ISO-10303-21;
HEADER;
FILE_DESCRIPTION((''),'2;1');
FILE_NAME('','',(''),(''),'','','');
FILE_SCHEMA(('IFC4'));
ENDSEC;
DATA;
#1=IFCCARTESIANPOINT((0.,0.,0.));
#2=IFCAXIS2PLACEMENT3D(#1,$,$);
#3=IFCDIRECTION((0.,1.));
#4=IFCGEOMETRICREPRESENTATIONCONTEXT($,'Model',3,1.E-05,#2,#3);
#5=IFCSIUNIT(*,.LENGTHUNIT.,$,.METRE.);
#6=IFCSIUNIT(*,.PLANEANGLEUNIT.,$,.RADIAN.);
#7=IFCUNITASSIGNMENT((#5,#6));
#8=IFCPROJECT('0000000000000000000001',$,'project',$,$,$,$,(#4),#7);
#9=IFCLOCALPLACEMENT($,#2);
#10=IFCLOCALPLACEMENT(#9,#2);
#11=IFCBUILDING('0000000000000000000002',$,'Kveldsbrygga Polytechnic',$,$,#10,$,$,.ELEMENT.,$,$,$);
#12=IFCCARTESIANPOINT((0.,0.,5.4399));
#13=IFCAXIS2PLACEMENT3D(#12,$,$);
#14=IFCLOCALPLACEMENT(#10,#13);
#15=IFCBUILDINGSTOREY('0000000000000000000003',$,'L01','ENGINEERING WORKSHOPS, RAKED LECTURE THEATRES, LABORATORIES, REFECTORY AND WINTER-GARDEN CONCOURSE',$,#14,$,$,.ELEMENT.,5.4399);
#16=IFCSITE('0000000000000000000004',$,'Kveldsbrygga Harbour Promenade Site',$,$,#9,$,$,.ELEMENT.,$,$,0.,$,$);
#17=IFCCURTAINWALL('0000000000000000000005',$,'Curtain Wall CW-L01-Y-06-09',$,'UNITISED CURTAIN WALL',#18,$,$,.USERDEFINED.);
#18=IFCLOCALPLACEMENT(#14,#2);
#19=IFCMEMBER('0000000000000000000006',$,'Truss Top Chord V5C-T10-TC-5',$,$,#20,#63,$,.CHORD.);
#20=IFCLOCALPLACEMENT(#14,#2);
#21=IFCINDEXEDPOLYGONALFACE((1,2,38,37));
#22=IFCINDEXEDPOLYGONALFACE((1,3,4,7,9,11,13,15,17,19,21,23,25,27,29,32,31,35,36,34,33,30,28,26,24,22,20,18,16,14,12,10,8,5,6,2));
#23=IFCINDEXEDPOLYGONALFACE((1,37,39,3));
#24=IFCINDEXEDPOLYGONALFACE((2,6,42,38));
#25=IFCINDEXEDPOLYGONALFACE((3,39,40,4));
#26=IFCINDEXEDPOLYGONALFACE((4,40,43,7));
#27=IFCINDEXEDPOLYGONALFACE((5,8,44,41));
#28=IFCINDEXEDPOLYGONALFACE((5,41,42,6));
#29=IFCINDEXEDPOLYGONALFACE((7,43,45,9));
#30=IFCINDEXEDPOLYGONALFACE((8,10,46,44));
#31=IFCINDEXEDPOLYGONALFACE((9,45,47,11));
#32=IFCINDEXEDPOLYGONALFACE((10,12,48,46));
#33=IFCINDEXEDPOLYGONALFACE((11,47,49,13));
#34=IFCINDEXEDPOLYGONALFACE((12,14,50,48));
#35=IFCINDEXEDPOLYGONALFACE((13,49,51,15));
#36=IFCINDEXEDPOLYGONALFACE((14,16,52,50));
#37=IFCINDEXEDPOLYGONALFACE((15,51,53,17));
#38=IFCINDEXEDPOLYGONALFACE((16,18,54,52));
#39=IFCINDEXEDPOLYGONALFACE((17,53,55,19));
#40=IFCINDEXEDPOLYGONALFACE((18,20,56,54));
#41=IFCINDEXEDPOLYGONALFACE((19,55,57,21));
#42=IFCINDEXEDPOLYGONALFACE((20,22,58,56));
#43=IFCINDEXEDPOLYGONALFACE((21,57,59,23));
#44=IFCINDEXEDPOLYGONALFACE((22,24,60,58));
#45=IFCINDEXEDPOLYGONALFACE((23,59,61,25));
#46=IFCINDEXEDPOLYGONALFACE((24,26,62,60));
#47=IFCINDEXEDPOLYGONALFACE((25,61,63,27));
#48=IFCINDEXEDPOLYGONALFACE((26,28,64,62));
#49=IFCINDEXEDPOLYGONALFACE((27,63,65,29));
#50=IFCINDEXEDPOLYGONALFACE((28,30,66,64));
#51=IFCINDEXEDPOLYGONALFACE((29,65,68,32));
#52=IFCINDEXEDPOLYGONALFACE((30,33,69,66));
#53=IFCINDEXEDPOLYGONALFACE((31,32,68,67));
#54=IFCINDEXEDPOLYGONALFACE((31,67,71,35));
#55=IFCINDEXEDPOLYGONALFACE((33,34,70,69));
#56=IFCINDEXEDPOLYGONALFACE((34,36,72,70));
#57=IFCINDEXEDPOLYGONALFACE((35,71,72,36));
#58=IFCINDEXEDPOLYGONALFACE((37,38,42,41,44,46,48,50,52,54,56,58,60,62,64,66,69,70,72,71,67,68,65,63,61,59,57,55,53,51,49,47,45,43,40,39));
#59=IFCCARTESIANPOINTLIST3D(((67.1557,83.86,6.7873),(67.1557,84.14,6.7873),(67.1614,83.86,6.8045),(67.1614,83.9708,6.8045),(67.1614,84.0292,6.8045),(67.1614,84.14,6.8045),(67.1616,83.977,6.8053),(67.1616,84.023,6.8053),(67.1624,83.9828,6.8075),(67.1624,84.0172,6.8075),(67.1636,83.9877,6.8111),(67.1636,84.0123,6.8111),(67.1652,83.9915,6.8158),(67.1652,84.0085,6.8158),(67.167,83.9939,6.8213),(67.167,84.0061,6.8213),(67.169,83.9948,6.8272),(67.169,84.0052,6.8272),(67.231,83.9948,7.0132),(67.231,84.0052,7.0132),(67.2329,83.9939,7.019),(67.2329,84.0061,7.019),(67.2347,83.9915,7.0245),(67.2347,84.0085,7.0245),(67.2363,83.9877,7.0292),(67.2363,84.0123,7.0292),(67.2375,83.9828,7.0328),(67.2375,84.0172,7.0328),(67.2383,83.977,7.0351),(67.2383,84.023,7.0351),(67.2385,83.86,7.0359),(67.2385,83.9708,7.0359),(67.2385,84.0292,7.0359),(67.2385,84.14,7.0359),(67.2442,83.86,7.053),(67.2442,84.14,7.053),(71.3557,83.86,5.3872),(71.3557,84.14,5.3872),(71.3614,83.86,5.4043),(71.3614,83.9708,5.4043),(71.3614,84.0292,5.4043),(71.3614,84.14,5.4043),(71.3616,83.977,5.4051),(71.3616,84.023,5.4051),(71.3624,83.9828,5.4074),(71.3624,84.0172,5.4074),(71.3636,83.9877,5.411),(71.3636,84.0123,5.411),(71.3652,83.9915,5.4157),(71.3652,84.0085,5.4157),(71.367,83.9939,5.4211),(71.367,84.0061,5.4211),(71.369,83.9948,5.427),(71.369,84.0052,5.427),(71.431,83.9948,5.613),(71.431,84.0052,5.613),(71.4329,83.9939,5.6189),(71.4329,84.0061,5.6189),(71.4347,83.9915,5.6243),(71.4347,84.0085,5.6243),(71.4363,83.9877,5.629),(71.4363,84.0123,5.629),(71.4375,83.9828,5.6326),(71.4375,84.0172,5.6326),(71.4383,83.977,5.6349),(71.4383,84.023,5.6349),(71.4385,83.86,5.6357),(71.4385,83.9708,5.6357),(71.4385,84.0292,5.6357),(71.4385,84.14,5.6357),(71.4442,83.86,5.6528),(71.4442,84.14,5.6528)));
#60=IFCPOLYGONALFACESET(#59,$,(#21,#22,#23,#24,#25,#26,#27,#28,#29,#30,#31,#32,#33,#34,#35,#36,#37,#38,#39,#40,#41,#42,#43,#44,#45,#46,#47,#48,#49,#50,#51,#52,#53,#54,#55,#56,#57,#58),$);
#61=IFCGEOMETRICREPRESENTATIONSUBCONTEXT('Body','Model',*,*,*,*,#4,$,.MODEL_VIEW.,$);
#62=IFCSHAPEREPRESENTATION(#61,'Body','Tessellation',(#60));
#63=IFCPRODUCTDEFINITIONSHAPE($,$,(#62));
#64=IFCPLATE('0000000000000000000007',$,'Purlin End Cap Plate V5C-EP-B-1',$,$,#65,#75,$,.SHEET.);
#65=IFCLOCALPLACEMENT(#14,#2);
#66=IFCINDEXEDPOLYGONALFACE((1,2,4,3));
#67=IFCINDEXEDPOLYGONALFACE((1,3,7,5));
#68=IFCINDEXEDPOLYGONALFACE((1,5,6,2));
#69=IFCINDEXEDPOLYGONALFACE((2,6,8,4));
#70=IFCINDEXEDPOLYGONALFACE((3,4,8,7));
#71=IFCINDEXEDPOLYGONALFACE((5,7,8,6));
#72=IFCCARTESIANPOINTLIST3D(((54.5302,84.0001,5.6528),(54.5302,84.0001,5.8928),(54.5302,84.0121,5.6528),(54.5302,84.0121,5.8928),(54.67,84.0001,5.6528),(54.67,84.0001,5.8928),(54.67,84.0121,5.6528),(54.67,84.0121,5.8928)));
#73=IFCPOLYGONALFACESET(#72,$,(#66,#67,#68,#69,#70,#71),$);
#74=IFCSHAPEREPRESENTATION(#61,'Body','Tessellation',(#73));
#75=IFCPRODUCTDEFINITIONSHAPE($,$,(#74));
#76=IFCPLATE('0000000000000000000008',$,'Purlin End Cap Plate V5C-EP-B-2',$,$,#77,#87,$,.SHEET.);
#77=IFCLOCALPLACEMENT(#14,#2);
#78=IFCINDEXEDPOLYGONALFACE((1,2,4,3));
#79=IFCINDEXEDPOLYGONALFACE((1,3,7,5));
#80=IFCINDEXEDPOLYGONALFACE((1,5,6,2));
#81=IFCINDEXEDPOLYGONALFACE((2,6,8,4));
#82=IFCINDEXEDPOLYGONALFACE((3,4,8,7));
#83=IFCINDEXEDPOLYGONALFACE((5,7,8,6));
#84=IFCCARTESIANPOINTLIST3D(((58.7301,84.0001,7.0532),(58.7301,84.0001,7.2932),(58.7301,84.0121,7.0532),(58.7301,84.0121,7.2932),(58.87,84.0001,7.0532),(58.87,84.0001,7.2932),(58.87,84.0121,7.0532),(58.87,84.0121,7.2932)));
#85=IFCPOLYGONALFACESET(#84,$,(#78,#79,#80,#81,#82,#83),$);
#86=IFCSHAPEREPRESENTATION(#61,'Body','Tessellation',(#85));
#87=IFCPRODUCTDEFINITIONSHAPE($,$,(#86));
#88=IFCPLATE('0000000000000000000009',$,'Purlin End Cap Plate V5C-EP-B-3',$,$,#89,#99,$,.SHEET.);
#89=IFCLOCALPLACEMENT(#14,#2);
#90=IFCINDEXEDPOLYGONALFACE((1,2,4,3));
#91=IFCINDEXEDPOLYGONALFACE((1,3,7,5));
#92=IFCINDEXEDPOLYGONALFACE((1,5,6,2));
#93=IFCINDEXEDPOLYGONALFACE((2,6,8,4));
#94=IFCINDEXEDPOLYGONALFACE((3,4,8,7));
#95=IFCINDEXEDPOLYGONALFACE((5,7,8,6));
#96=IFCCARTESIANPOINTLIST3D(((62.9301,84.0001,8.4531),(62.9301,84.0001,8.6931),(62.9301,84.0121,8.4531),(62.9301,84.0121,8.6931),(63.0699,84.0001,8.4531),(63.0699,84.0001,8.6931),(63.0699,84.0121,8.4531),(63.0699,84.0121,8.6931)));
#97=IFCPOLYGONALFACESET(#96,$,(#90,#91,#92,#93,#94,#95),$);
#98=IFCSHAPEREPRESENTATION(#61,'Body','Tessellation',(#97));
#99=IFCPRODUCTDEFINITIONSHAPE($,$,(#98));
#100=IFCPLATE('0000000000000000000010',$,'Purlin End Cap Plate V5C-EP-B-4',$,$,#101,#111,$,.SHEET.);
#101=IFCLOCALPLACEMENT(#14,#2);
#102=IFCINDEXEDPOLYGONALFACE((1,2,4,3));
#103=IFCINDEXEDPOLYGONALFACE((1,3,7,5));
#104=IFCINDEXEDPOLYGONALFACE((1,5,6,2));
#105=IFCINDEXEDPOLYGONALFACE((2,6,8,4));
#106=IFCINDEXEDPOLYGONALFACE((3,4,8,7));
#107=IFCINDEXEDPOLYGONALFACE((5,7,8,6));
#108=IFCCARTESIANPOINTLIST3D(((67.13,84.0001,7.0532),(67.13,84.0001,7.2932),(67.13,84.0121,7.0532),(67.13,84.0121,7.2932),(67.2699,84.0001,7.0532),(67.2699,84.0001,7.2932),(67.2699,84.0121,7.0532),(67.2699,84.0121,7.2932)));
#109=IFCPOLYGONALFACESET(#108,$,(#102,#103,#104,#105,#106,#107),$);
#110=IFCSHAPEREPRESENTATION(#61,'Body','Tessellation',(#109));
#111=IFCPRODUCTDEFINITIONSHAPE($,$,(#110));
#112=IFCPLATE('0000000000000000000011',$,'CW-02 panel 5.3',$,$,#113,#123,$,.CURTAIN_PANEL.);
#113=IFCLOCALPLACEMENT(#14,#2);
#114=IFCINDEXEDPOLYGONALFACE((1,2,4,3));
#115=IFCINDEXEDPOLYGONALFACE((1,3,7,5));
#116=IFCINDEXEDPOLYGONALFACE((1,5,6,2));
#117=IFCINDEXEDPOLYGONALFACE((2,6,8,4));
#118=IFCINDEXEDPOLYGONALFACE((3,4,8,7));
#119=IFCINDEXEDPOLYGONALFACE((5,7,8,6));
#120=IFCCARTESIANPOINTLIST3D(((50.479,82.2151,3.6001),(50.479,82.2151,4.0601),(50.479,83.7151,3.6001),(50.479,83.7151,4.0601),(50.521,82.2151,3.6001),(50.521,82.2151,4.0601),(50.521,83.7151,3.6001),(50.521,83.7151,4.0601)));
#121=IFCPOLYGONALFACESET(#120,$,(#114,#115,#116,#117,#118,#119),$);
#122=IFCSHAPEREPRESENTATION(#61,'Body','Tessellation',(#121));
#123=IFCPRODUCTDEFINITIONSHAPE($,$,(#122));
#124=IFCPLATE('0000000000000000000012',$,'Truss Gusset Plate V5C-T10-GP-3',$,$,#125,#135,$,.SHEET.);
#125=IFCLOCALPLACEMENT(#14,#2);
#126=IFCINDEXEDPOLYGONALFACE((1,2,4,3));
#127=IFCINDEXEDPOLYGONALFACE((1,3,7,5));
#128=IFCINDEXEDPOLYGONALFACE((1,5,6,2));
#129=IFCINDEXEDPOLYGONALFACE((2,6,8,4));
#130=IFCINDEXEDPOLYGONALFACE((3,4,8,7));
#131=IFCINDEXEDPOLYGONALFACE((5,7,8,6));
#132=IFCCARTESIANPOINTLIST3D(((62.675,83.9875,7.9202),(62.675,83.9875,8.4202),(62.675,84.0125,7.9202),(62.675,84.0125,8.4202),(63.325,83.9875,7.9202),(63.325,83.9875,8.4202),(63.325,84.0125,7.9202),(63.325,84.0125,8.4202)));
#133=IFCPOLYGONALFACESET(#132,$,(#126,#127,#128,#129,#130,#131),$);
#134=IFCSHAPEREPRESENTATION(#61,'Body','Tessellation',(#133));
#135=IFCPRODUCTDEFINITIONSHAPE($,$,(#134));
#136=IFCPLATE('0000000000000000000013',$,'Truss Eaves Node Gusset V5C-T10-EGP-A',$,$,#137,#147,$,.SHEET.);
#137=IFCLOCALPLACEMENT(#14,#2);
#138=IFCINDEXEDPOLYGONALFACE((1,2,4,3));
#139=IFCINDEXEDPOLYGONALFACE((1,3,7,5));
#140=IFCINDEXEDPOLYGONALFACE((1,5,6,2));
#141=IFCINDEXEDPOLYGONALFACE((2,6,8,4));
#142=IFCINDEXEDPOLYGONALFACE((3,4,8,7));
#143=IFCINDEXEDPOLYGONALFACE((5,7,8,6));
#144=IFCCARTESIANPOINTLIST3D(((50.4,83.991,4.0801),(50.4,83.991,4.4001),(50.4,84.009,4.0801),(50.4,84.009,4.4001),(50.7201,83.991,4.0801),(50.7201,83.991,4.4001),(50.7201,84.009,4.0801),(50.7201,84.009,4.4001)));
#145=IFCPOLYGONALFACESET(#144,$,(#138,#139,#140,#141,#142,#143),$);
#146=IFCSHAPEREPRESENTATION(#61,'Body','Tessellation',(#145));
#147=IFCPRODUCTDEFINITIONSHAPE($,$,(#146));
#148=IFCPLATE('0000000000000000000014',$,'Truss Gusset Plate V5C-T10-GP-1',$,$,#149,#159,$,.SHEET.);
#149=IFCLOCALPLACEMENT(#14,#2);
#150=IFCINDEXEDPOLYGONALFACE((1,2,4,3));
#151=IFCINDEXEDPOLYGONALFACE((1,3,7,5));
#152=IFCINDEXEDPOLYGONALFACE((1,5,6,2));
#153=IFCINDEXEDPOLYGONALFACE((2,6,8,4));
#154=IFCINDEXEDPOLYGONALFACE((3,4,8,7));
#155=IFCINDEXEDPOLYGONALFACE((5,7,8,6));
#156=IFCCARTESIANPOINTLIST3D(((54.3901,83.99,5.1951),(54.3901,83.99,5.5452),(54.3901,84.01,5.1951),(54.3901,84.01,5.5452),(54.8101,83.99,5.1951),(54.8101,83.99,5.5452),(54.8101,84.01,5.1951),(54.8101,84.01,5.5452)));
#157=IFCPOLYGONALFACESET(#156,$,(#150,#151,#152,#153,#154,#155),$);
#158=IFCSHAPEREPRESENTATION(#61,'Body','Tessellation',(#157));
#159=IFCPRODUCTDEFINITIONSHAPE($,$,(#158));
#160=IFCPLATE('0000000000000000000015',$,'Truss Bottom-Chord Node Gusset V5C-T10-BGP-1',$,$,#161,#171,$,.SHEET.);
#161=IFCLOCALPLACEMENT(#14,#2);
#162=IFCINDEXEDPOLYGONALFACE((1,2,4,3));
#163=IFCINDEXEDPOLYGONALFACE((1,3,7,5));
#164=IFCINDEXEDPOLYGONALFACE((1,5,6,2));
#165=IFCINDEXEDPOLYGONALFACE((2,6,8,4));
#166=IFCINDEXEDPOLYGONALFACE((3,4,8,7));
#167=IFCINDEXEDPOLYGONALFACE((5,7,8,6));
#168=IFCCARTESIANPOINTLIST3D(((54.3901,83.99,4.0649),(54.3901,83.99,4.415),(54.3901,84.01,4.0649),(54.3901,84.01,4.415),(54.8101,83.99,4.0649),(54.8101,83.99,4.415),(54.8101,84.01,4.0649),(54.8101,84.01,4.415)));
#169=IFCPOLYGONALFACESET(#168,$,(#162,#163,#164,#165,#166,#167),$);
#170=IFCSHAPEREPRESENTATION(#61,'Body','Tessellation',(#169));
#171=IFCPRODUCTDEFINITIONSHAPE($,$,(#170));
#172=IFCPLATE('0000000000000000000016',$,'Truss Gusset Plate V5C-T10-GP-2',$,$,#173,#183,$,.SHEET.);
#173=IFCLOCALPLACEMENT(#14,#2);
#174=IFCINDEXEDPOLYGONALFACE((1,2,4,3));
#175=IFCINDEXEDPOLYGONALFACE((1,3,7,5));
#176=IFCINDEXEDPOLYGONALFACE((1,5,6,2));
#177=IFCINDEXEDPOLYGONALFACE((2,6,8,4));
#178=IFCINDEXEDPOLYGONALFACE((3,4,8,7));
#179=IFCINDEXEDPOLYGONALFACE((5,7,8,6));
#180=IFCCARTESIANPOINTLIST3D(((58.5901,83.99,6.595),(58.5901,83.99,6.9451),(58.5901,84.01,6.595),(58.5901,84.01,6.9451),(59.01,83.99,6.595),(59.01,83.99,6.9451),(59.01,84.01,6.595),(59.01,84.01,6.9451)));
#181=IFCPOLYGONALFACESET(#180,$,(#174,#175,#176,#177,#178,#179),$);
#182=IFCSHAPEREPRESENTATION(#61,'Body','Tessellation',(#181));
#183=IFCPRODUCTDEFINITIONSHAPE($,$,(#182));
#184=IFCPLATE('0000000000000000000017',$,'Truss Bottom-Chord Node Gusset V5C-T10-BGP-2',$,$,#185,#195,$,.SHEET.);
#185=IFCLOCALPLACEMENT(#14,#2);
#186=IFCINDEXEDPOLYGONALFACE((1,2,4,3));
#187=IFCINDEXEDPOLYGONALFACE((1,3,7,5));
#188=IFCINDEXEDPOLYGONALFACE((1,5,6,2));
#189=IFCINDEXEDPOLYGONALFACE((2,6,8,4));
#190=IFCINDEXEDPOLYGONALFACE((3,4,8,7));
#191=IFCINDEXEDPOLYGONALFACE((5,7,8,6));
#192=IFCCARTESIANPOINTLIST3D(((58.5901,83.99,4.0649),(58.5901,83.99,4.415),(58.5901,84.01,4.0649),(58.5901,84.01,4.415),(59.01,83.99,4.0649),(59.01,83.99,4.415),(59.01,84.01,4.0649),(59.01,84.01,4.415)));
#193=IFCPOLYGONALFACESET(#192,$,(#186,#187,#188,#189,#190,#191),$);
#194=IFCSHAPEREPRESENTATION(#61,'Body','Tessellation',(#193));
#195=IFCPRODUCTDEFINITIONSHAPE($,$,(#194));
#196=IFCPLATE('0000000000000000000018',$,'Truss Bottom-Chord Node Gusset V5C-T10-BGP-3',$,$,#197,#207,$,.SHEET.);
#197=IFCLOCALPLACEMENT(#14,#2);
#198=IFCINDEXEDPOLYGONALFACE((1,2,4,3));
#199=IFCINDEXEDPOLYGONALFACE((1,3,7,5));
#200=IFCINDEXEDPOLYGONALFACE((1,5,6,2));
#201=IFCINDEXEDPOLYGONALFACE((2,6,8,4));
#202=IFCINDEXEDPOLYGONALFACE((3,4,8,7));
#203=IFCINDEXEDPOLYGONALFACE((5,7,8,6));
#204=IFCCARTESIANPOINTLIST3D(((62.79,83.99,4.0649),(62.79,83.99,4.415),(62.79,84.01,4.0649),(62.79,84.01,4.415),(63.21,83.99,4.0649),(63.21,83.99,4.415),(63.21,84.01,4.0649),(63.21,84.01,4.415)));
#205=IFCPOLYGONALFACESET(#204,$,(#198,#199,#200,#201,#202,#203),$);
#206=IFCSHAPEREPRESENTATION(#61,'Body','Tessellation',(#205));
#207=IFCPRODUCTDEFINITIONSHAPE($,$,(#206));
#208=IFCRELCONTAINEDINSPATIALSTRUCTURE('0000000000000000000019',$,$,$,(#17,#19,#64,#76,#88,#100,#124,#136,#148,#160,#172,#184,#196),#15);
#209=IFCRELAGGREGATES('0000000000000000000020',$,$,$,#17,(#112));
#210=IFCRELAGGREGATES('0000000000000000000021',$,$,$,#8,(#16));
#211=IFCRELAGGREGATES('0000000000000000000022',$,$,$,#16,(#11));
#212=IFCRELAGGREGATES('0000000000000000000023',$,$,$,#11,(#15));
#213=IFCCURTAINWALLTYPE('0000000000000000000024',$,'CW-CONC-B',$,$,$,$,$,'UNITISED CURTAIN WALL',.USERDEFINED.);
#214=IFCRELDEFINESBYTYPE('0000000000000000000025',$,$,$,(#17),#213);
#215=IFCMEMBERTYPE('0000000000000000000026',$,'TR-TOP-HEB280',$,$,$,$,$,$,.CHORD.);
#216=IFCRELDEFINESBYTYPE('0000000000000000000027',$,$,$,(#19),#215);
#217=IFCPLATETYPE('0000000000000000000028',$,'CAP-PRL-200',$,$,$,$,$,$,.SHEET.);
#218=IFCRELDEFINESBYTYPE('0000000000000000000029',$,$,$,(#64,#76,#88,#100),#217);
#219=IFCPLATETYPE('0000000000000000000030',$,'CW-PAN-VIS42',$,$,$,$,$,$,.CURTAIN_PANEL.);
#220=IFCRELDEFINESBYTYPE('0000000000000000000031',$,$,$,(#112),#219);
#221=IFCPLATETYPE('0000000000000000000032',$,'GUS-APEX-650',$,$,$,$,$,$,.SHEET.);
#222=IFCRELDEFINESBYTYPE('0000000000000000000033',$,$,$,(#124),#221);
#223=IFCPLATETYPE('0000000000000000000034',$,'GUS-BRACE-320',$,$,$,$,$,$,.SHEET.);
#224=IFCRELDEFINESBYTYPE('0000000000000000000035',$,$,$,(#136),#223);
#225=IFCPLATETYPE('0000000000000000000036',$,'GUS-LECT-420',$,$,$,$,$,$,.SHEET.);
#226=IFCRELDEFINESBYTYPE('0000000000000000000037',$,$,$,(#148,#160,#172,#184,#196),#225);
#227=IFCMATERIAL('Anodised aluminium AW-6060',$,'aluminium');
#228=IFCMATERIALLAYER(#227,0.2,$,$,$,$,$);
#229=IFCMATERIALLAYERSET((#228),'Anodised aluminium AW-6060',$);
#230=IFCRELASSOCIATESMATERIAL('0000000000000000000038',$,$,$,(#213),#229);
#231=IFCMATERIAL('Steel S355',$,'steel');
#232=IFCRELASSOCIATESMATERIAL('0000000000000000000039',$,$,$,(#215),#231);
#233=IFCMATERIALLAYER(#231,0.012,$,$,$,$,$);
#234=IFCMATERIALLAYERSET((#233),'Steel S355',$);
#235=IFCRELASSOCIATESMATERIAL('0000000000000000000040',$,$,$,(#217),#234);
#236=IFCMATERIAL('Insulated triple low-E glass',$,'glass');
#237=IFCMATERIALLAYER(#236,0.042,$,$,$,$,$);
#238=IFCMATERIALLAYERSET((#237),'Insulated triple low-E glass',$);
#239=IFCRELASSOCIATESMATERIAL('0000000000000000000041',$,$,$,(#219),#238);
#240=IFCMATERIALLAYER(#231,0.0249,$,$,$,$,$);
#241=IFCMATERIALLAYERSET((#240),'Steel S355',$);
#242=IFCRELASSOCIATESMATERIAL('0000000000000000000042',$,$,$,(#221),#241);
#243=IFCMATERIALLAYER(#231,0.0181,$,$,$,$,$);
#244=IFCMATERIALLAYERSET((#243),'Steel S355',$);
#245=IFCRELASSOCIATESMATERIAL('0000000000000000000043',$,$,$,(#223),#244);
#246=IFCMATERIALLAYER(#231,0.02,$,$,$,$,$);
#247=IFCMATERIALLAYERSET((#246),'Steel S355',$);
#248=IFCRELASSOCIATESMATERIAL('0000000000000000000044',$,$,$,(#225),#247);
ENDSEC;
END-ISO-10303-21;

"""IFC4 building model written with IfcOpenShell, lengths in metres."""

from ifc_helpers import new_model, si_unit, direction, frame, origin, origin_2d, place, context, subcontext, project, spatial, rectangle, i_section, extrude, material, layer, layer_set, material_profile, profile_set, type_object, element, aggregate, save


model = new_model("IFC4")

# Units and contexts
model_context = context("Model", 3, precision=1e-05, world=origin(), true_north=direction((0.0, 1.0)))
body_context = subcontext(model_context, "Body", "Model", "MODEL_VIEW")
ifc_project = project(units=[si_unit("LENGTHUNIT", "METRE"), si_unit("PLANEANGLEUNIT", "RADIAN")], contexts=[model_context])

# Site, building, storey
site_placement = place(None, origin())
site = spatial("IfcSite", under=ifc_project, at=site_placement, Name="Kveldsbrygga Harbour Promenade Site", CompositionType="ELEMENT", RefElevation=0.0)
building_placement = place(site_placement, origin())
building = spatial("IfcBuilding", under=site, at=building_placement, Name="Kveldsbrygga Polytechnic", CompositionType="ELEMENT")
storey_placement = place(building_placement, frame((0.0, 0.0, 5.4399)))
storey = spatial("IfcBuildingStorey", under=building, at=storey_placement, Name="L01", Description="ENGINEERING WORKSHOPS, RAKED LECTURE THEATRES, LABORATORIES, REFECTORY AND WINTER-GARDEN CONCOURSE", CompositionType="ELEMENT", Elevation=5.4399)

# Shared definitions
ifc_material_1 = material(Name="Steel S355", Category="steel")

# Curtain wall
ifc_material_2 = material(Name="Anodised aluminium AW-6060", Category="aluminium")
ifc_layer_1 = layer(ifc_material_2, 0.2)
ifc_layer_set_1 = layer_set([ifc_layer_1], Name="Anodised aluminium AW-6060")
curtain_wall_type = type_object("IfcCurtainWallType", Name="CW-CONC-B", ElementType="UNITISED CURTAIN WALL", PredefinedType="USERDEFINED", material=ifc_layer_set_1)
curtain_wall_placement = place(storey_placement, origin())
curtain_wall = element("IfcCurtainWall", 1, at=curtain_wall_placement, inside=storey, type_object=curtain_wall_type, Name="Curtain Wall CW-L01-Y-06-09", ObjectType="UNITISED CURTAIN WALL", PredefinedType="USERDEFINED")

# Member
ifc_material_profile_1 = material_profile(ifc_material_1, i_section(OverallWidth=0.28, OverallDepth=0.28, WebThickness=0.0105, FlangeThickness=0.0181, FilletRadius=0.0239, at=origin_2d()), Name="HEB 280")
ifc_profile_set_1 = profile_set([ifc_material_profile_1], Name="Steel S355")
member_type_1 = type_object("IfcMemberType", Name="TR-TOP-HEB280", PredefinedType="CHORD", material=ifc_profile_set_1)
member_1_placement = place(storey_placement, frame((67.2, 84.0, 6.9202), z_axis=(0.948672, 0.0, -0.316261), x_axis=(0.0, 1.0, 0.0)))
element("IfcMember", 2, at=member_1_placement, inside=storey, type_object=member_type_1, Name="Truss Top Chord V5C-T10-TC-5", PredefinedType="CHORD", context=body_context, shape_type="SweptSolid", body=[
    extrude(i_section(OverallWidth=0.28, OverallDepth=0.28, WebThickness=0.0105, FlangeThickness=0.0181, FilletRadius=0.0239, at=origin_2d()), origin(), (0.0, 0.0, 1.0), 4.4272),
])

# Plates
ifc_layer_2 = layer(ifc_material_1, 0.012)
ifc_layer_set_2 = layer_set([ifc_layer_2], Name="Steel S355")
plate_type_1 = type_object("IfcPlateType", Name="CAP-PRL-200", PredefinedType="SHEET", material=ifc_layer_set_2)
for number, where, z_axis, x_axis, name in (
    (3, (54.6001, 84.0061, 5.6528), (0.0, 0.0, 1.0), (1.0, 0.0, 0.0), "Purlin End Cap Plate V5C-EP-B-1"),
    (4, (58.8, 84.0061, 7.0532), (0.0, 0.0, 1.0), (1.0, 0.0, 0.0), "Purlin End Cap Plate V5C-EP-B-2"),
    (5, (63.0, 84.0061, 8.4531), (0.0, 0.0, 1.0), (1.0, 0.0, 0.0), "Purlin End Cap Plate V5C-EP-B-3"),
    (6, (67.2, 84.0061, 7.0532), (0.0, 0.0, 1.0), (1.0, 0.0, 0.0), "Purlin End Cap Plate V5C-EP-B-4"),
):
    element("IfcPlate", number, at=place(storey_placement, frame(where, z_axis=z_axis, x_axis=x_axis)), inside=storey, type_object=plate_type_1, Name=name, PredefinedType="SHEET", context=body_context, shape_type="SweptSolid", body=[
        extrude(rectangle(XDim=0.1399, YDim=0.012, at=origin_2d()), origin(), (0.0, 0.0, 1.0), 0.24),
    ])

# Plate
ifc_material_3 = material(Name="Insulated triple low-E glass", Category="glass")
ifc_layer_3 = layer(ifc_material_3, 0.042)
ifc_layer_set_3 = layer_set([ifc_layer_3], Name="Insulated triple low-E glass")
plate_type_2 = type_object("IfcPlateType", Name="CW-PAN-VIS42", PredefinedType="CURTAIN_PANEL", material=ifc_layer_set_3)
plate_1_placement = place(storey_placement, frame((50.5, 82.9651, 3.6001), z_axis=(0.0, 0.0, 1.0), x_axis=(0.0, 1.0, 0.0)))
plate_1 = element("IfcPlate", 7, at=plate_1_placement, type_object=plate_type_2, Name="CW-02 panel 5.3", PredefinedType="CURTAIN_PANEL", context=body_context, shape_type="SweptSolid", body=[
    extrude(rectangle(XDim=1.5, YDim=0.042, at=origin_2d()), origin(), (0.0, 0.0, 1.0), 0.46),
])
aggregate(curtain_wall, [plate_1])

# Plates
ifc_layer_4 = layer(ifc_material_1, 0.0249)
ifc_layer_set_4 = layer_set([ifc_layer_4], Name="Steel S355")
plate_type_3 = type_object("IfcPlateType", Name="GUS-APEX-650", PredefinedType="SHEET", material=ifc_layer_set_4)
plate_2_placement = place(storey_placement, frame((63.0, 84.0, 7.9202), z_axis=(0.0, 0.0, 1.0), x_axis=(1.0, 0.0, 0.0)))
element("IfcPlate", 8, at=plate_2_placement, inside=storey, type_object=plate_type_3, Name="Truss Gusset Plate V5C-T10-GP-3", PredefinedType="SHEET", context=body_context, shape_type="SweptSolid", body=[
    extrude(rectangle(XDim=0.6499, YDim=0.0249, at=origin_2d()), origin(), (0.0, 0.0, 1.0), 0.5),
])
ifc_layer_5 = layer(ifc_material_1, 0.0181)
ifc_layer_set_5 = layer_set([ifc_layer_5], Name="Steel S355")
plate_type_4 = type_object("IfcPlateType", Name="GUS-BRACE-320", PredefinedType="SHEET", material=ifc_layer_set_5)
plate_3_placement = place(storey_placement, frame((50.5601, 84.0, 4.0801), z_axis=(0.0, 0.0, 1.0), x_axis=(1.0, 0.0, 0.0)))
element("IfcPlate", 9, at=plate_3_placement, inside=storey, type_object=plate_type_4, Name="Truss Eaves Node Gusset V5C-T10-EGP-A", PredefinedType="SHEET", context=body_context, shape_type="SweptSolid", body=[
    extrude(rectangle(XDim=0.3201, YDim=0.0181, at=origin_2d()), origin(), (0.0, 0.0, 1.0), 0.3201),
])
ifc_layer_6 = layer(ifc_material_1, 0.02)
ifc_layer_set_6 = layer_set([ifc_layer_6], Name="Steel S355")
plate_type_5 = type_object("IfcPlateType", Name="GUS-LECT-420", PredefinedType="SHEET", material=ifc_layer_set_6)
for number, where, z_axis, x_axis, name in (
    (10, (54.6001, 84.0, 5.1951), (0.0, 0.0, 1.0), (1.0, 0.0, 0.0), "Truss Gusset Plate V5C-T10-GP-1"),
    (11, (54.6001, 84.0, 4.0649), (0.0, 0.0, 1.0), (1.0, 0.0, 0.0), "Truss Bottom-Chord Node Gusset V5C-T10-BGP-1"),
    (12, (58.8, 84.0, 6.595), (0.0, 0.0, 1.0), (1.0, 0.0, 0.0), "Truss Gusset Plate V5C-T10-GP-2"),
    (13, (58.8, 84.0, 4.0649), (0.0, 0.0, 1.0), (1.0, 0.0, 0.0), "Truss Bottom-Chord Node Gusset V5C-T10-BGP-2"),
    (14, (63.0, 84.0, 4.0649), (0.0, 0.0, 1.0), (1.0, 0.0, 0.0), "Truss Bottom-Chord Node Gusset V5C-T10-BGP-3"),
):
    element("IfcPlate", number, at=place(storey_placement, frame(where, z_axis=z_axis, x_axis=x_axis)), inside=storey, type_object=plate_type_5, Name=name, PredefinedType="SHEET", context=body_context, shape_type="SweptSolid", body=[
        extrude(rectangle(XDim=0.4199, YDim=0.02, at=origin_2d()), origin(), (0.0, 0.0, 1.0), 0.3501),
    ])

save(model, "model.ifc")
